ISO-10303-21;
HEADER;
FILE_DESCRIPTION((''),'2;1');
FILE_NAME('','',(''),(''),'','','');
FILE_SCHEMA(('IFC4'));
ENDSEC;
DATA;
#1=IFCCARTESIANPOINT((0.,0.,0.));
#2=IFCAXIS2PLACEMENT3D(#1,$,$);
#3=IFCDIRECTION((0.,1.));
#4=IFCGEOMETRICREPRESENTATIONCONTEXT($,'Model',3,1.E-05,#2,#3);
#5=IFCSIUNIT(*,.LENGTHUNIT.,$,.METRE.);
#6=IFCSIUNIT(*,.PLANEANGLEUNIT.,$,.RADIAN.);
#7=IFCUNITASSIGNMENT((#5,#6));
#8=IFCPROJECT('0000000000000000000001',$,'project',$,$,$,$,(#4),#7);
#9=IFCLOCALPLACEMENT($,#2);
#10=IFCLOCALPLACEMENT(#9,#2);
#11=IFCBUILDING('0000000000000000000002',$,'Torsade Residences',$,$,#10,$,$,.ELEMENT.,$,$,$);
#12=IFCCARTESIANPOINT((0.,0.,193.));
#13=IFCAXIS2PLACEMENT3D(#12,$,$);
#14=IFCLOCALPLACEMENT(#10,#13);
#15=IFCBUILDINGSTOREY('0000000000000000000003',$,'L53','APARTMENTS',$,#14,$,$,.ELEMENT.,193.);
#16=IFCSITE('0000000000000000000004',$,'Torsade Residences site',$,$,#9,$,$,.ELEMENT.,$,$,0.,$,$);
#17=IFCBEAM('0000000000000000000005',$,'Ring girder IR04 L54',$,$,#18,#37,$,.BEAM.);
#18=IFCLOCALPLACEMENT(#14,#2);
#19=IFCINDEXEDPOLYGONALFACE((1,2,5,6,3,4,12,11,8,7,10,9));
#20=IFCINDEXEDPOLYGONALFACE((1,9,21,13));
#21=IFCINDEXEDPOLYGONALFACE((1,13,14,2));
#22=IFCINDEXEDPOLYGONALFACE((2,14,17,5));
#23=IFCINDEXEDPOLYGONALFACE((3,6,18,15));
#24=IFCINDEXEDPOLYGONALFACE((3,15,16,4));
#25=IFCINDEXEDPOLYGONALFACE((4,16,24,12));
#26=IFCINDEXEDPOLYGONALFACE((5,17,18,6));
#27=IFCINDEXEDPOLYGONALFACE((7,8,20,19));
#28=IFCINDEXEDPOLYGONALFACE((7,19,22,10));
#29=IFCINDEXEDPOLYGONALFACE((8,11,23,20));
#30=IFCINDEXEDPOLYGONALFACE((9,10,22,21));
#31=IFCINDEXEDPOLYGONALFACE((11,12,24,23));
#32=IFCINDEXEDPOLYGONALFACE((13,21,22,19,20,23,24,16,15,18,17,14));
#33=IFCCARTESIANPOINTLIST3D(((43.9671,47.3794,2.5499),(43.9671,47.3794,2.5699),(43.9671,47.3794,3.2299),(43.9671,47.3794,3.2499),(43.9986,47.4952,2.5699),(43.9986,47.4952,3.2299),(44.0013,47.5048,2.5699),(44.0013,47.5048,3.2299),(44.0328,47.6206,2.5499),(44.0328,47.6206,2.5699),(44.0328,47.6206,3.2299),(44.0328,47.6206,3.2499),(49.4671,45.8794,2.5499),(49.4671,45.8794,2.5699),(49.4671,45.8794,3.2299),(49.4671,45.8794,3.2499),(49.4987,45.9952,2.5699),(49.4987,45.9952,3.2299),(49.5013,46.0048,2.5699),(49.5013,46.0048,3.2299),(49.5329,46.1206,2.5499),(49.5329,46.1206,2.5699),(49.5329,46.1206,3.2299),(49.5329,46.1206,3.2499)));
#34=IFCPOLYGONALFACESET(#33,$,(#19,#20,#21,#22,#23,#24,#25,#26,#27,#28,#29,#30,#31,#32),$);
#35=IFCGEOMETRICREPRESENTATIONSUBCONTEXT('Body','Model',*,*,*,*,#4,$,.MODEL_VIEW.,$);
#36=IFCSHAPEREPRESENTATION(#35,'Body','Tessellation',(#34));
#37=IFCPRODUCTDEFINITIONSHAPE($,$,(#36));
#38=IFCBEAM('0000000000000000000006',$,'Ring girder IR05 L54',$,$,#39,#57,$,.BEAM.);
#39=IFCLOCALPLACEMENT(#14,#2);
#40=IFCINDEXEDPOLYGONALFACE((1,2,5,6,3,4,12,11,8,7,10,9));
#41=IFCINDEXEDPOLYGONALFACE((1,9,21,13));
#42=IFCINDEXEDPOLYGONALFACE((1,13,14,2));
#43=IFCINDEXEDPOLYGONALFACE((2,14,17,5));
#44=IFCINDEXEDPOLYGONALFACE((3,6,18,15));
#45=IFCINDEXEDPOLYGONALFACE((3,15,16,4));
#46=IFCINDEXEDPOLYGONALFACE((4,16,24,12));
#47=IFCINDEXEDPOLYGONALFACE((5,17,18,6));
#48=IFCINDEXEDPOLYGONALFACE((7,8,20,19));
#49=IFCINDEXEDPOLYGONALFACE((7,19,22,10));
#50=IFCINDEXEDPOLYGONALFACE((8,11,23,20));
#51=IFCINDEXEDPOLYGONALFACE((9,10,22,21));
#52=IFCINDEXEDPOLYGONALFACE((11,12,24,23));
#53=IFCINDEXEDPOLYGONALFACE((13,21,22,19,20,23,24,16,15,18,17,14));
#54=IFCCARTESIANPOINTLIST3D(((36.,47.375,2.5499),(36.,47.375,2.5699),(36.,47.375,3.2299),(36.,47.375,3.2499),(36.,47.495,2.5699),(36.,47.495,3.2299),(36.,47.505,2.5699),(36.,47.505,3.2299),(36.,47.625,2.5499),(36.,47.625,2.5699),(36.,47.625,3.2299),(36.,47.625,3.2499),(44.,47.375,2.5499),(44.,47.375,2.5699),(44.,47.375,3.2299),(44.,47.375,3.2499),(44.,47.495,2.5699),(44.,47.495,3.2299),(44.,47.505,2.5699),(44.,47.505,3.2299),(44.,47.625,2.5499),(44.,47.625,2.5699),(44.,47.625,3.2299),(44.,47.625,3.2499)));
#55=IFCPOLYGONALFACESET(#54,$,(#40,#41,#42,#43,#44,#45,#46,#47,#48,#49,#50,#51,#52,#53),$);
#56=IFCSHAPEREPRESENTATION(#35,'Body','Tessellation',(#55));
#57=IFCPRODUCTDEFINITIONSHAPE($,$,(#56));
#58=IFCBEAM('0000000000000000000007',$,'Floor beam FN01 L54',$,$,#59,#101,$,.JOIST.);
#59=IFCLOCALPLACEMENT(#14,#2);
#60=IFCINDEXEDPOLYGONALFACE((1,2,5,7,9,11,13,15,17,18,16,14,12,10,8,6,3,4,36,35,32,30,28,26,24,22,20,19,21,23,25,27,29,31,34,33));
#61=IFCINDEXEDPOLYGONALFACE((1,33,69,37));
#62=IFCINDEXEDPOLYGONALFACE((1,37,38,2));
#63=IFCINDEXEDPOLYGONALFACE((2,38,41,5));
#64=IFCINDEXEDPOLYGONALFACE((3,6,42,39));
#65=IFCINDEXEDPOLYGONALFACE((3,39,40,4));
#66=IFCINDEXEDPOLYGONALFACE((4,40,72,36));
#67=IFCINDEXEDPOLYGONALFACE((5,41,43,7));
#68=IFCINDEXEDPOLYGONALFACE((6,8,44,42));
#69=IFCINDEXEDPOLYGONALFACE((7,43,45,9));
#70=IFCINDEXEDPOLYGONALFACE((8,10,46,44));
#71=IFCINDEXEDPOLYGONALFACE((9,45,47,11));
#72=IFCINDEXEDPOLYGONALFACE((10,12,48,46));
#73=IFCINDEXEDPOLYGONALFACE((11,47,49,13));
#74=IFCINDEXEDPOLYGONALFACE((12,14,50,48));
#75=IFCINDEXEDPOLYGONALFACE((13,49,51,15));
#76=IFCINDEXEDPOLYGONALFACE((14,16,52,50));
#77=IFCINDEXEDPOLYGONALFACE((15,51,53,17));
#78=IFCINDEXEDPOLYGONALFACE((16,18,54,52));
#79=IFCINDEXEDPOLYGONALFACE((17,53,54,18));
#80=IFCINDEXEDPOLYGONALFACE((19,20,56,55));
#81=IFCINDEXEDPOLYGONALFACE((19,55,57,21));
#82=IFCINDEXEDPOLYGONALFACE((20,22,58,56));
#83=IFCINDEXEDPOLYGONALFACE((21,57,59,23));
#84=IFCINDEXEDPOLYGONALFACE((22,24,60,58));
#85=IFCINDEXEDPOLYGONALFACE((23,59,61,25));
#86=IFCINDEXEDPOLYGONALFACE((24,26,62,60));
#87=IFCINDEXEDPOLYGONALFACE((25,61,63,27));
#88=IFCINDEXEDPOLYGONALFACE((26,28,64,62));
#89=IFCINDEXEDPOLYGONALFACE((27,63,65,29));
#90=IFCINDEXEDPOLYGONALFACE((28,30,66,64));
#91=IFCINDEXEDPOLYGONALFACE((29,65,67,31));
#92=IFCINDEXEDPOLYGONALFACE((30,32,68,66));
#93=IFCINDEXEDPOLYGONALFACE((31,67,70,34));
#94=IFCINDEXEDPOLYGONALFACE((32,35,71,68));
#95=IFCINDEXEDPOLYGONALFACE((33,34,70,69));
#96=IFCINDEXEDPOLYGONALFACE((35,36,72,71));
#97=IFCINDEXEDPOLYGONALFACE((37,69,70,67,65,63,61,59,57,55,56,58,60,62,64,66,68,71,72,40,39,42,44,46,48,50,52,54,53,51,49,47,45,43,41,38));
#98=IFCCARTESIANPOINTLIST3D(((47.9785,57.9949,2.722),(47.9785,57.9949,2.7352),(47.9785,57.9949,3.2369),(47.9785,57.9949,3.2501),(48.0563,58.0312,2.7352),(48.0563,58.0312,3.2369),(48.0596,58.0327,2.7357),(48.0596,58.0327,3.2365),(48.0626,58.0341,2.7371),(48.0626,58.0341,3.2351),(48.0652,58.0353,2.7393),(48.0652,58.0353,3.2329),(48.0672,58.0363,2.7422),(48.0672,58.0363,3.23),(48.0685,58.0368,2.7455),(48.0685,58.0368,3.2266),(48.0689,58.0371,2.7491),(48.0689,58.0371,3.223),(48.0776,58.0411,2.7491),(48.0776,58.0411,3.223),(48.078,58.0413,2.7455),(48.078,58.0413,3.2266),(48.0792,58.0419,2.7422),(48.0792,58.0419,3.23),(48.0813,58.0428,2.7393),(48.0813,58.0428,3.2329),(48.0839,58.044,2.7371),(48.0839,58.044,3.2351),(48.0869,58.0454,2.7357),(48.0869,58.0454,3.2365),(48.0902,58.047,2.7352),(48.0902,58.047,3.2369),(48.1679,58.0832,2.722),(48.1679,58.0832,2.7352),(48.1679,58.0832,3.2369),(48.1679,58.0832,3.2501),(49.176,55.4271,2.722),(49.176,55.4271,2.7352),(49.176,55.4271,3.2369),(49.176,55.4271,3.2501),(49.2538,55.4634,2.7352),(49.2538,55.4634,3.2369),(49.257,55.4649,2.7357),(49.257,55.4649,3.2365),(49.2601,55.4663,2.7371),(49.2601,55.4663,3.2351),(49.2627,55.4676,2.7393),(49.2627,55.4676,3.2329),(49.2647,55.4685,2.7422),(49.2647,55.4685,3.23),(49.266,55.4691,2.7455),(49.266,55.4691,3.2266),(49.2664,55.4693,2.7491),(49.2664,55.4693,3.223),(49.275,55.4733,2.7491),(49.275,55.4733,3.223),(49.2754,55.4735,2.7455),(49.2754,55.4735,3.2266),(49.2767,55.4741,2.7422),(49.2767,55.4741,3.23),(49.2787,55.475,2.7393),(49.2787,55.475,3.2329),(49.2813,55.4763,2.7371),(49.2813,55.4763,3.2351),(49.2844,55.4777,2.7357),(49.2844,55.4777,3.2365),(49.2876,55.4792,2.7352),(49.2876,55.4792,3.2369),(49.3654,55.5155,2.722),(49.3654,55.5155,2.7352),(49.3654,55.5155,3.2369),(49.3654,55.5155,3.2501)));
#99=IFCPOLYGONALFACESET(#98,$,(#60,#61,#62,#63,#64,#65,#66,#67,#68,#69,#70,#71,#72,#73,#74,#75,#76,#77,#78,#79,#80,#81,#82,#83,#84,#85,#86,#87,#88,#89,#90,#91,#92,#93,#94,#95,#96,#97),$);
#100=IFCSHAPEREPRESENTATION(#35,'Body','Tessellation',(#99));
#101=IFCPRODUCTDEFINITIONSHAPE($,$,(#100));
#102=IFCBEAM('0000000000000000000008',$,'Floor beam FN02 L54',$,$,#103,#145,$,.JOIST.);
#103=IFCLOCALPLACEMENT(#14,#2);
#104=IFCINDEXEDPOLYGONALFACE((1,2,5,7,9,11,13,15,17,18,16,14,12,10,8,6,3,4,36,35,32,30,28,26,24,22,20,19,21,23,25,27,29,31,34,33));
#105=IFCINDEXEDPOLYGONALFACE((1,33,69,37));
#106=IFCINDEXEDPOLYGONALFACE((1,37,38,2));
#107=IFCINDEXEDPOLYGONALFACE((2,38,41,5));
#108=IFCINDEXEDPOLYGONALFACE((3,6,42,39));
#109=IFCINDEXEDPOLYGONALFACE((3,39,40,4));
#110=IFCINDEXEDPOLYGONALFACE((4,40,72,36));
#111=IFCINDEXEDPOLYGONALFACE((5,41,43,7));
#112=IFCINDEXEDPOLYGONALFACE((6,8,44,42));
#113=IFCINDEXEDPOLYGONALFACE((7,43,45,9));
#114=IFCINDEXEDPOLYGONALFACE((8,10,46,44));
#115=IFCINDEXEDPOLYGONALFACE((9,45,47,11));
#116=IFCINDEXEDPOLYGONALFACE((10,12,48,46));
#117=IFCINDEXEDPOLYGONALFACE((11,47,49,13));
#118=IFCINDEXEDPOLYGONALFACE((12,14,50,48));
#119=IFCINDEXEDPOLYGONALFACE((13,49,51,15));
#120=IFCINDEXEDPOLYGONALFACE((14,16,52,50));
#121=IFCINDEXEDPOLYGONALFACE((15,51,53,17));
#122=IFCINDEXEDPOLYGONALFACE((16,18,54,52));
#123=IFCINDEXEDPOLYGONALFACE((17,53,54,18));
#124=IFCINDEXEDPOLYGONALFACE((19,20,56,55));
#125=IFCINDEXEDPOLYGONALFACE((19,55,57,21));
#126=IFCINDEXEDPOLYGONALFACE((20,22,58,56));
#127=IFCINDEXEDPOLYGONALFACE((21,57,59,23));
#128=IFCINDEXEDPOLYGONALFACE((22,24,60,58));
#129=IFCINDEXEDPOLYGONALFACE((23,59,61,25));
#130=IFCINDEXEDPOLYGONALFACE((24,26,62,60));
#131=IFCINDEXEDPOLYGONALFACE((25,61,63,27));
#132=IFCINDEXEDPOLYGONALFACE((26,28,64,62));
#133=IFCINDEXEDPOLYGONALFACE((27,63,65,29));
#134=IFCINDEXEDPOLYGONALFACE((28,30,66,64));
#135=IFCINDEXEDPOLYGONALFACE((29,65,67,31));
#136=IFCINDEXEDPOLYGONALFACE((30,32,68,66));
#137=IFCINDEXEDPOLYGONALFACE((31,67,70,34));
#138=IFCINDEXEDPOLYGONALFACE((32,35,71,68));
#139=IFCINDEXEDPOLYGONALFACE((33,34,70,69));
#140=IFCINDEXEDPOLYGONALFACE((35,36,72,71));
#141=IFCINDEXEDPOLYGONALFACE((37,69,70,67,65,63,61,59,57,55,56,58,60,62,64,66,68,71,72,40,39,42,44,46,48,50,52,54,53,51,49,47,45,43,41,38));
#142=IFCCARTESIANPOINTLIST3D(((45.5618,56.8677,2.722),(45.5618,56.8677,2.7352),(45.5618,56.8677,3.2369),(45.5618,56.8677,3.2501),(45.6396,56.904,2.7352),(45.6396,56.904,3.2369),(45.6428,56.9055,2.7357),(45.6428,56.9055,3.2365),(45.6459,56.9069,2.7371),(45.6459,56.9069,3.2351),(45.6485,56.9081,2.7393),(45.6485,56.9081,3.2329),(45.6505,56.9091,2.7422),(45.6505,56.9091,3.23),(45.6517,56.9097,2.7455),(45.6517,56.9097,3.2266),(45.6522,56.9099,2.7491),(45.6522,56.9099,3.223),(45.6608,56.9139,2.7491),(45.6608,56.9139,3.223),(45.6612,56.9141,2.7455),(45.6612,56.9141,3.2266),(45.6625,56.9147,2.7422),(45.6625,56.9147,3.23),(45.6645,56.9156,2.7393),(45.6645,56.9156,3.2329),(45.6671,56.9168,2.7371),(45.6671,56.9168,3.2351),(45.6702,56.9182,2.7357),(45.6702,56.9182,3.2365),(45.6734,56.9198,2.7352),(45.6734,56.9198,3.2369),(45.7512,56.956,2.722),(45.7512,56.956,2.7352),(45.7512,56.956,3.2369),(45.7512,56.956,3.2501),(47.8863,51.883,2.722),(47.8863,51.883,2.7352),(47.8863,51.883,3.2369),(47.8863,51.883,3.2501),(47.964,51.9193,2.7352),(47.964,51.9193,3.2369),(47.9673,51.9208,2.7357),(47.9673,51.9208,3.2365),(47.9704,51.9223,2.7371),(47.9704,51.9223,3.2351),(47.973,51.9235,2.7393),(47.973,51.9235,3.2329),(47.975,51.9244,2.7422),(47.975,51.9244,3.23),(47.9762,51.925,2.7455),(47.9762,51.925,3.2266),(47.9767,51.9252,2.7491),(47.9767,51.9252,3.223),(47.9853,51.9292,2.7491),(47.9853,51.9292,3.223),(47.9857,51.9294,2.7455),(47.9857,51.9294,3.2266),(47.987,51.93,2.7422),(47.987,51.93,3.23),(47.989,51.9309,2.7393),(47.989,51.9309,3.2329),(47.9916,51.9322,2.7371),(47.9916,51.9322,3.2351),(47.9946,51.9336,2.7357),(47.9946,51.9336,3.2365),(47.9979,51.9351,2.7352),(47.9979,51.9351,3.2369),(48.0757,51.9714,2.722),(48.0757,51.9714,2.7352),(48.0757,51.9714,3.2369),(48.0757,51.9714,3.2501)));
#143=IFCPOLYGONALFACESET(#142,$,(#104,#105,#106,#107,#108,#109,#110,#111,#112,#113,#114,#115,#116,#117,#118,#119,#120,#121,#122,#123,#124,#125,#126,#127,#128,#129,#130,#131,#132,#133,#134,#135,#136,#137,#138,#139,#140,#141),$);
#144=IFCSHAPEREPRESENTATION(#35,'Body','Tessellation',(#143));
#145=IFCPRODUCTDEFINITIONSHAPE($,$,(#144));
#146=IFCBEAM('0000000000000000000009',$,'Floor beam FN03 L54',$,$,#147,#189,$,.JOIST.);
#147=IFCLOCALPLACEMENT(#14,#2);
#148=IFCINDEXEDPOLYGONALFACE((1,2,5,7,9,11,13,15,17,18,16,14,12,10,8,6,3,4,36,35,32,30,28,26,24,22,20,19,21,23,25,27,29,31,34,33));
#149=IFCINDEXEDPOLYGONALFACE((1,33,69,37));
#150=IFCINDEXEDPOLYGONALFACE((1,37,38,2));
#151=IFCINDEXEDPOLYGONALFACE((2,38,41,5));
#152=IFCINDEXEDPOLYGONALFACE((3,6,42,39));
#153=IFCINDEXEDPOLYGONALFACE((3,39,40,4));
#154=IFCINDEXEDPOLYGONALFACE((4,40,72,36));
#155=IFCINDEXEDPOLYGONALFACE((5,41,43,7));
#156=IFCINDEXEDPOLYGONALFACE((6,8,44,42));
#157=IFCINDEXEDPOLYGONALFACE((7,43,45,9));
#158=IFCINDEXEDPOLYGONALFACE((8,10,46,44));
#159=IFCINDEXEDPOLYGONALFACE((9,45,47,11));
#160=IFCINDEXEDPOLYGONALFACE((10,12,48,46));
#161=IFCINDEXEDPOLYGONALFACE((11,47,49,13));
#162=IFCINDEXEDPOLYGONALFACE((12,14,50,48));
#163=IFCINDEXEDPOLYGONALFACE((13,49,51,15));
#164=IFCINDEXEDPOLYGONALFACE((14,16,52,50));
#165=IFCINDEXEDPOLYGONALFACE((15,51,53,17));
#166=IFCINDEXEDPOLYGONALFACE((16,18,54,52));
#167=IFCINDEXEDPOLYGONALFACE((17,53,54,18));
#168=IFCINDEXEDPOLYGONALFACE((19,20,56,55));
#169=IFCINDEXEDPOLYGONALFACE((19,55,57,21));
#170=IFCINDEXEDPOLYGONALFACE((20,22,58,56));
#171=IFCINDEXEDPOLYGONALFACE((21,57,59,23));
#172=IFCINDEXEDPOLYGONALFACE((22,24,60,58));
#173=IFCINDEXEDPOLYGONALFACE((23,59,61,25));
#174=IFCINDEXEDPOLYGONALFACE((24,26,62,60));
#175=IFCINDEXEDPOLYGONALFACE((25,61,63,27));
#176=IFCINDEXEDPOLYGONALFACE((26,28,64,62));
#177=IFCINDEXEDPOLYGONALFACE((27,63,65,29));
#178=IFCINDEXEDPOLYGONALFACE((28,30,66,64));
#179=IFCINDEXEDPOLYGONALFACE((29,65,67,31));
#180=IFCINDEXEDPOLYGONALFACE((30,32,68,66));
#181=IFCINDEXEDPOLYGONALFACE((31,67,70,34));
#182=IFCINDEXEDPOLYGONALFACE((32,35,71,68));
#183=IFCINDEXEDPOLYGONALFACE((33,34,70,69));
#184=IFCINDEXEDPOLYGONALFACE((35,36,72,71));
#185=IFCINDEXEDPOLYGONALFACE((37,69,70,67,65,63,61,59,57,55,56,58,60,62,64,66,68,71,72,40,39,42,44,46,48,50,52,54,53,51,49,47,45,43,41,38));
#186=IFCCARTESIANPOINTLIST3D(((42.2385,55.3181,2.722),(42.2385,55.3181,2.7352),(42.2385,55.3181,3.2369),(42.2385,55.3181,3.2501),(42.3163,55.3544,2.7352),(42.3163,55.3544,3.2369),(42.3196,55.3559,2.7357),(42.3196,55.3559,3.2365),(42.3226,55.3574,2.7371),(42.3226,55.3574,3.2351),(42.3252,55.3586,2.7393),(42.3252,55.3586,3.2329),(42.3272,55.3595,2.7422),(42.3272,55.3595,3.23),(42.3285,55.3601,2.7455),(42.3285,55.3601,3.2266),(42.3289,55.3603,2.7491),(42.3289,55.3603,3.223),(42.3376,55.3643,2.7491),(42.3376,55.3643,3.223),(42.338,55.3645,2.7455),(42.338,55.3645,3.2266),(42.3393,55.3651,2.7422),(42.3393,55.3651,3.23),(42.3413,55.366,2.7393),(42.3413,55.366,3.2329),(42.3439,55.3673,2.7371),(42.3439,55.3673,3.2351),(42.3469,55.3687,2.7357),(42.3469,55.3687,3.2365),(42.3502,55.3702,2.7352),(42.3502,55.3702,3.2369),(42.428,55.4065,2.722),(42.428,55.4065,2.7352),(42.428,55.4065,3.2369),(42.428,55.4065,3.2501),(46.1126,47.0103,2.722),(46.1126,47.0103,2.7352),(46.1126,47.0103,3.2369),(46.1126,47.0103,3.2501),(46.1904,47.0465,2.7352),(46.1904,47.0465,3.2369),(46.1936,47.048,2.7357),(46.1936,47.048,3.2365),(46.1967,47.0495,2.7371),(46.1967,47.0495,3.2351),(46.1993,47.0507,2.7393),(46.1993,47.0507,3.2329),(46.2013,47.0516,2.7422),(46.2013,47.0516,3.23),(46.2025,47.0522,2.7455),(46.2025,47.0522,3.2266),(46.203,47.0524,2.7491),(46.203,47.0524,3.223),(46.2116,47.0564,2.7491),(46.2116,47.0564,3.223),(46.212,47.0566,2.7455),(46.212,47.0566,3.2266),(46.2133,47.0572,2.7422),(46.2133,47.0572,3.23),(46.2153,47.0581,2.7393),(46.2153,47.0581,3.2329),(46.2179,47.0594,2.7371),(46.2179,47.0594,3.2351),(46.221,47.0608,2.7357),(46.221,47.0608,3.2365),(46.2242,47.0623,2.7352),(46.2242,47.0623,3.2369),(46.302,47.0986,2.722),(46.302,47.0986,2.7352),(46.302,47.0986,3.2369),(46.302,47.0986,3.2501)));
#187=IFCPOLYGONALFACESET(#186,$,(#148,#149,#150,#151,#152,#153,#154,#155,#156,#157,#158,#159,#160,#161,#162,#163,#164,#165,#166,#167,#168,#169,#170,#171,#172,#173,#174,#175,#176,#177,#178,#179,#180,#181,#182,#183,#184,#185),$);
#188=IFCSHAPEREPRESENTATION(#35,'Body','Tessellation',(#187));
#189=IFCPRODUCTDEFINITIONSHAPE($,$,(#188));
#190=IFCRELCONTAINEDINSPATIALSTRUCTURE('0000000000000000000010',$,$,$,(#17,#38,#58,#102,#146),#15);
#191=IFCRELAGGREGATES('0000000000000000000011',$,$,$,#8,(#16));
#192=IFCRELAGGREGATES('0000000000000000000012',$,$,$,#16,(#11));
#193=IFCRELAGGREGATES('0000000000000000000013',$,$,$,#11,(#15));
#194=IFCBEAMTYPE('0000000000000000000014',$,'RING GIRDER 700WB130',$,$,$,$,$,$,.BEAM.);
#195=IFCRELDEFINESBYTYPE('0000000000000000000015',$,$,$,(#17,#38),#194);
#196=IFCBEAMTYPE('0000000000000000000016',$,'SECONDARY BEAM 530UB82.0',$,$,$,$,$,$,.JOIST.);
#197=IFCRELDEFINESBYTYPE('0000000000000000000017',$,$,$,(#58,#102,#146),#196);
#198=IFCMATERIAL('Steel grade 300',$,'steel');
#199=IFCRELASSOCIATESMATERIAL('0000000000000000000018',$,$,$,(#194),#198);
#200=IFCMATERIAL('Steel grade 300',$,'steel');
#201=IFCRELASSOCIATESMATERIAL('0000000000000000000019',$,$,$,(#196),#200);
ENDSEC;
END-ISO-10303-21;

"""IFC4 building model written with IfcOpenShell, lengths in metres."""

from ifc_helpers import new_model, si_unit, direction, frame, origin, origin_2d, place, context, subcontext, project, spatial, i_section, extrude, material, material_profile, profile_set, type_object, element, save


model = new_model("IFC4")

# Units and contexts
model_context = context("Model", 3, precision=1e-05, world=origin(), true_north=direction((0.0, 1.0)))
body_context = subcontext(model_context, "Body", "Model", "MODEL_VIEW")
ifc_project = project(units=[si_unit("LENGTHUNIT", "METRE"), si_unit("PLANEANGLEUNIT", "RADIAN")], contexts=[model_context])

# Site, building, storey
site_placement = place(None, origin())
site = spatial("IfcSite", under=ifc_project, at=site_placement, Name="Torsade Residences site", CompositionType="ELEMENT", RefElevation=0.0)
building_placement = place(site_placement, origin())
building = spatial("IfcBuilding", under=site, at=building_placement, Name="Torsade Residences", CompositionType="ELEMENT")
storey_placement = place(building_placement, frame((0.0, 0.0, 193.0)))
storey = spatial("IfcBuildingStorey", under=building, at=storey_placement, Name="L53", Description="APARTMENTS", CompositionType="ELEMENT", Elevation=193.0)

# Beams
ifc_material_1 = material(Name="Steel grade 300", Category="steel")
ifc_material_profile_1 = material_profile(ifc_material_1, i_section(OverallWidth=0.25, OverallDepth=0.7, WebThickness=0.01, FlangeThickness=0.02, at=origin_2d()), Name="700WB130")
ifc_profile_set_1 = profile_set([ifc_material_profile_1], Name="Steel grade 300")
beam_type_1 = type_object("IfcBeamType", Name="RING GIRDER 700WB130", PredefinedType="BEAM", material=ifc_profile_set_1)
beam_1_placement = place(storey_placement, frame((49.5, 46.0, 2.8999), z_axis=(-0.964764, 0.263117, 0.0), x_axis=(-0.263117, -0.964764, 0.0)))
element("IfcBeam", 1, at=beam_1_placement, inside=storey, type_object=beam_type_1, Name="Ring girder IR04 L54", PredefinedType="BEAM", context=body_context, shape_type="SweptSolid", body=[
    extrude(i_section(OverallWidth=0.25, OverallDepth=0.7, WebThickness=0.01, FlangeThickness=0.02, at=origin_2d()), origin(), (0.0, 0.0, 1.0), 5.7009),
])
beam_2_placement = place(storey_placement, frame((44.0, 47.5, 2.8999), z_axis=(-1.0, 0.0, 0.0), x_axis=(0.0, -1.0, 0.0)))
element("IfcBeam", 2, at=beam_2_placement, inside=storey, type_object=beam_type_1, Name="Ring girder IR05 L54", PredefinedType="BEAM", context=body_context, shape_type="SweptSolid", body=[
    extrude(i_section(OverallWidth=0.25, OverallDepth=0.7, WebThickness=0.01, FlangeThickness=0.02, at=origin_2d()), origin(), (0.0, 0.0, 1.0), 8.0),
])
ifc_material_2 = material(Name="Steel grade 300", Category="steel")
ifc_material_profile_2 = material_profile(ifc_material_2, i_section(OverallWidth=0.209, OverallDepth=0.5281, WebThickness=0.0095, FlangeThickness=0.0132, FilletRadius=0.0139, at=origin_2d()), Name="530UB82.0")
ifc_profile_set_2 = profile_set([ifc_material_profile_2], Name="Steel grade 300")
beam_type_2 = type_object("IfcBeamType", Name="SECONDARY BEAM 530UB82.0", PredefinedType="JOIST", material=ifc_profile_set_2)
beam_3_placement = place(storey_placement, frame((48.0732, 58.0391, 2.9861), z_axis=(0.422645, -0.906295, 0.0), x_axis=(0.906295, 0.422645, 0.0)))
element("IfcBeam", 3, at=beam_3_placement, inside=storey, type_object=beam_type_2, Name="Floor beam FN01 L54", PredefinedType="JOIST", context=body_context, shape_type="SweptSolid", body=[
    extrude(i_section(OverallWidth=0.209, OverallDepth=0.5281, WebThickness=0.0095, FlangeThickness=0.0132, FilletRadius=0.0139, at=origin_2d()), origin(), (0.0, 0.0, 1.0), 2.8333),
])
beam_4_placement = place(storey_placement, frame((45.6565, 56.9119, 2.9861), z_axis=(0.422633, -0.906301, 0.0), x_axis=(0.906301, 0.422633, 0.0)))
element("IfcBeam", 4, at=beam_4_placement, inside=storey, type_object=beam_type_2, Name="Floor beam FN02 L54", PredefinedType="JOIST", context=body_context, shape_type="SweptSolid", body=[
    extrude(i_section(OverallWidth=0.209, OverallDepth=0.5281, WebThickness=0.0095, FlangeThickness=0.0132, FilletRadius=0.0139, at=origin_2d()), origin(), (0.0, 0.0, 1.0), 5.5),
])
beam_5_placement = place(storey_placement, frame((42.3333, 55.3623, 2.9861), z_axis=(0.422619, -0.906308, 0.0), x_axis=(0.906308, 0.422619, 0.0)))
element("IfcBeam", 5, at=beam_5_placement, inside=storey, type_object=beam_type_2, Name="Floor beam FN03 L54", PredefinedType="JOIST", context=body_context, shape_type="SweptSolid", body=[
    extrude(i_section(OverallWidth=0.209, OverallDepth=0.5281, WebThickness=0.0095, FlangeThickness=0.0132, FilletRadius=0.0139, at=origin_2d()), origin(), (0.0, 0.0, 1.0), 9.1667),
])

save(model, "model.ifc")
